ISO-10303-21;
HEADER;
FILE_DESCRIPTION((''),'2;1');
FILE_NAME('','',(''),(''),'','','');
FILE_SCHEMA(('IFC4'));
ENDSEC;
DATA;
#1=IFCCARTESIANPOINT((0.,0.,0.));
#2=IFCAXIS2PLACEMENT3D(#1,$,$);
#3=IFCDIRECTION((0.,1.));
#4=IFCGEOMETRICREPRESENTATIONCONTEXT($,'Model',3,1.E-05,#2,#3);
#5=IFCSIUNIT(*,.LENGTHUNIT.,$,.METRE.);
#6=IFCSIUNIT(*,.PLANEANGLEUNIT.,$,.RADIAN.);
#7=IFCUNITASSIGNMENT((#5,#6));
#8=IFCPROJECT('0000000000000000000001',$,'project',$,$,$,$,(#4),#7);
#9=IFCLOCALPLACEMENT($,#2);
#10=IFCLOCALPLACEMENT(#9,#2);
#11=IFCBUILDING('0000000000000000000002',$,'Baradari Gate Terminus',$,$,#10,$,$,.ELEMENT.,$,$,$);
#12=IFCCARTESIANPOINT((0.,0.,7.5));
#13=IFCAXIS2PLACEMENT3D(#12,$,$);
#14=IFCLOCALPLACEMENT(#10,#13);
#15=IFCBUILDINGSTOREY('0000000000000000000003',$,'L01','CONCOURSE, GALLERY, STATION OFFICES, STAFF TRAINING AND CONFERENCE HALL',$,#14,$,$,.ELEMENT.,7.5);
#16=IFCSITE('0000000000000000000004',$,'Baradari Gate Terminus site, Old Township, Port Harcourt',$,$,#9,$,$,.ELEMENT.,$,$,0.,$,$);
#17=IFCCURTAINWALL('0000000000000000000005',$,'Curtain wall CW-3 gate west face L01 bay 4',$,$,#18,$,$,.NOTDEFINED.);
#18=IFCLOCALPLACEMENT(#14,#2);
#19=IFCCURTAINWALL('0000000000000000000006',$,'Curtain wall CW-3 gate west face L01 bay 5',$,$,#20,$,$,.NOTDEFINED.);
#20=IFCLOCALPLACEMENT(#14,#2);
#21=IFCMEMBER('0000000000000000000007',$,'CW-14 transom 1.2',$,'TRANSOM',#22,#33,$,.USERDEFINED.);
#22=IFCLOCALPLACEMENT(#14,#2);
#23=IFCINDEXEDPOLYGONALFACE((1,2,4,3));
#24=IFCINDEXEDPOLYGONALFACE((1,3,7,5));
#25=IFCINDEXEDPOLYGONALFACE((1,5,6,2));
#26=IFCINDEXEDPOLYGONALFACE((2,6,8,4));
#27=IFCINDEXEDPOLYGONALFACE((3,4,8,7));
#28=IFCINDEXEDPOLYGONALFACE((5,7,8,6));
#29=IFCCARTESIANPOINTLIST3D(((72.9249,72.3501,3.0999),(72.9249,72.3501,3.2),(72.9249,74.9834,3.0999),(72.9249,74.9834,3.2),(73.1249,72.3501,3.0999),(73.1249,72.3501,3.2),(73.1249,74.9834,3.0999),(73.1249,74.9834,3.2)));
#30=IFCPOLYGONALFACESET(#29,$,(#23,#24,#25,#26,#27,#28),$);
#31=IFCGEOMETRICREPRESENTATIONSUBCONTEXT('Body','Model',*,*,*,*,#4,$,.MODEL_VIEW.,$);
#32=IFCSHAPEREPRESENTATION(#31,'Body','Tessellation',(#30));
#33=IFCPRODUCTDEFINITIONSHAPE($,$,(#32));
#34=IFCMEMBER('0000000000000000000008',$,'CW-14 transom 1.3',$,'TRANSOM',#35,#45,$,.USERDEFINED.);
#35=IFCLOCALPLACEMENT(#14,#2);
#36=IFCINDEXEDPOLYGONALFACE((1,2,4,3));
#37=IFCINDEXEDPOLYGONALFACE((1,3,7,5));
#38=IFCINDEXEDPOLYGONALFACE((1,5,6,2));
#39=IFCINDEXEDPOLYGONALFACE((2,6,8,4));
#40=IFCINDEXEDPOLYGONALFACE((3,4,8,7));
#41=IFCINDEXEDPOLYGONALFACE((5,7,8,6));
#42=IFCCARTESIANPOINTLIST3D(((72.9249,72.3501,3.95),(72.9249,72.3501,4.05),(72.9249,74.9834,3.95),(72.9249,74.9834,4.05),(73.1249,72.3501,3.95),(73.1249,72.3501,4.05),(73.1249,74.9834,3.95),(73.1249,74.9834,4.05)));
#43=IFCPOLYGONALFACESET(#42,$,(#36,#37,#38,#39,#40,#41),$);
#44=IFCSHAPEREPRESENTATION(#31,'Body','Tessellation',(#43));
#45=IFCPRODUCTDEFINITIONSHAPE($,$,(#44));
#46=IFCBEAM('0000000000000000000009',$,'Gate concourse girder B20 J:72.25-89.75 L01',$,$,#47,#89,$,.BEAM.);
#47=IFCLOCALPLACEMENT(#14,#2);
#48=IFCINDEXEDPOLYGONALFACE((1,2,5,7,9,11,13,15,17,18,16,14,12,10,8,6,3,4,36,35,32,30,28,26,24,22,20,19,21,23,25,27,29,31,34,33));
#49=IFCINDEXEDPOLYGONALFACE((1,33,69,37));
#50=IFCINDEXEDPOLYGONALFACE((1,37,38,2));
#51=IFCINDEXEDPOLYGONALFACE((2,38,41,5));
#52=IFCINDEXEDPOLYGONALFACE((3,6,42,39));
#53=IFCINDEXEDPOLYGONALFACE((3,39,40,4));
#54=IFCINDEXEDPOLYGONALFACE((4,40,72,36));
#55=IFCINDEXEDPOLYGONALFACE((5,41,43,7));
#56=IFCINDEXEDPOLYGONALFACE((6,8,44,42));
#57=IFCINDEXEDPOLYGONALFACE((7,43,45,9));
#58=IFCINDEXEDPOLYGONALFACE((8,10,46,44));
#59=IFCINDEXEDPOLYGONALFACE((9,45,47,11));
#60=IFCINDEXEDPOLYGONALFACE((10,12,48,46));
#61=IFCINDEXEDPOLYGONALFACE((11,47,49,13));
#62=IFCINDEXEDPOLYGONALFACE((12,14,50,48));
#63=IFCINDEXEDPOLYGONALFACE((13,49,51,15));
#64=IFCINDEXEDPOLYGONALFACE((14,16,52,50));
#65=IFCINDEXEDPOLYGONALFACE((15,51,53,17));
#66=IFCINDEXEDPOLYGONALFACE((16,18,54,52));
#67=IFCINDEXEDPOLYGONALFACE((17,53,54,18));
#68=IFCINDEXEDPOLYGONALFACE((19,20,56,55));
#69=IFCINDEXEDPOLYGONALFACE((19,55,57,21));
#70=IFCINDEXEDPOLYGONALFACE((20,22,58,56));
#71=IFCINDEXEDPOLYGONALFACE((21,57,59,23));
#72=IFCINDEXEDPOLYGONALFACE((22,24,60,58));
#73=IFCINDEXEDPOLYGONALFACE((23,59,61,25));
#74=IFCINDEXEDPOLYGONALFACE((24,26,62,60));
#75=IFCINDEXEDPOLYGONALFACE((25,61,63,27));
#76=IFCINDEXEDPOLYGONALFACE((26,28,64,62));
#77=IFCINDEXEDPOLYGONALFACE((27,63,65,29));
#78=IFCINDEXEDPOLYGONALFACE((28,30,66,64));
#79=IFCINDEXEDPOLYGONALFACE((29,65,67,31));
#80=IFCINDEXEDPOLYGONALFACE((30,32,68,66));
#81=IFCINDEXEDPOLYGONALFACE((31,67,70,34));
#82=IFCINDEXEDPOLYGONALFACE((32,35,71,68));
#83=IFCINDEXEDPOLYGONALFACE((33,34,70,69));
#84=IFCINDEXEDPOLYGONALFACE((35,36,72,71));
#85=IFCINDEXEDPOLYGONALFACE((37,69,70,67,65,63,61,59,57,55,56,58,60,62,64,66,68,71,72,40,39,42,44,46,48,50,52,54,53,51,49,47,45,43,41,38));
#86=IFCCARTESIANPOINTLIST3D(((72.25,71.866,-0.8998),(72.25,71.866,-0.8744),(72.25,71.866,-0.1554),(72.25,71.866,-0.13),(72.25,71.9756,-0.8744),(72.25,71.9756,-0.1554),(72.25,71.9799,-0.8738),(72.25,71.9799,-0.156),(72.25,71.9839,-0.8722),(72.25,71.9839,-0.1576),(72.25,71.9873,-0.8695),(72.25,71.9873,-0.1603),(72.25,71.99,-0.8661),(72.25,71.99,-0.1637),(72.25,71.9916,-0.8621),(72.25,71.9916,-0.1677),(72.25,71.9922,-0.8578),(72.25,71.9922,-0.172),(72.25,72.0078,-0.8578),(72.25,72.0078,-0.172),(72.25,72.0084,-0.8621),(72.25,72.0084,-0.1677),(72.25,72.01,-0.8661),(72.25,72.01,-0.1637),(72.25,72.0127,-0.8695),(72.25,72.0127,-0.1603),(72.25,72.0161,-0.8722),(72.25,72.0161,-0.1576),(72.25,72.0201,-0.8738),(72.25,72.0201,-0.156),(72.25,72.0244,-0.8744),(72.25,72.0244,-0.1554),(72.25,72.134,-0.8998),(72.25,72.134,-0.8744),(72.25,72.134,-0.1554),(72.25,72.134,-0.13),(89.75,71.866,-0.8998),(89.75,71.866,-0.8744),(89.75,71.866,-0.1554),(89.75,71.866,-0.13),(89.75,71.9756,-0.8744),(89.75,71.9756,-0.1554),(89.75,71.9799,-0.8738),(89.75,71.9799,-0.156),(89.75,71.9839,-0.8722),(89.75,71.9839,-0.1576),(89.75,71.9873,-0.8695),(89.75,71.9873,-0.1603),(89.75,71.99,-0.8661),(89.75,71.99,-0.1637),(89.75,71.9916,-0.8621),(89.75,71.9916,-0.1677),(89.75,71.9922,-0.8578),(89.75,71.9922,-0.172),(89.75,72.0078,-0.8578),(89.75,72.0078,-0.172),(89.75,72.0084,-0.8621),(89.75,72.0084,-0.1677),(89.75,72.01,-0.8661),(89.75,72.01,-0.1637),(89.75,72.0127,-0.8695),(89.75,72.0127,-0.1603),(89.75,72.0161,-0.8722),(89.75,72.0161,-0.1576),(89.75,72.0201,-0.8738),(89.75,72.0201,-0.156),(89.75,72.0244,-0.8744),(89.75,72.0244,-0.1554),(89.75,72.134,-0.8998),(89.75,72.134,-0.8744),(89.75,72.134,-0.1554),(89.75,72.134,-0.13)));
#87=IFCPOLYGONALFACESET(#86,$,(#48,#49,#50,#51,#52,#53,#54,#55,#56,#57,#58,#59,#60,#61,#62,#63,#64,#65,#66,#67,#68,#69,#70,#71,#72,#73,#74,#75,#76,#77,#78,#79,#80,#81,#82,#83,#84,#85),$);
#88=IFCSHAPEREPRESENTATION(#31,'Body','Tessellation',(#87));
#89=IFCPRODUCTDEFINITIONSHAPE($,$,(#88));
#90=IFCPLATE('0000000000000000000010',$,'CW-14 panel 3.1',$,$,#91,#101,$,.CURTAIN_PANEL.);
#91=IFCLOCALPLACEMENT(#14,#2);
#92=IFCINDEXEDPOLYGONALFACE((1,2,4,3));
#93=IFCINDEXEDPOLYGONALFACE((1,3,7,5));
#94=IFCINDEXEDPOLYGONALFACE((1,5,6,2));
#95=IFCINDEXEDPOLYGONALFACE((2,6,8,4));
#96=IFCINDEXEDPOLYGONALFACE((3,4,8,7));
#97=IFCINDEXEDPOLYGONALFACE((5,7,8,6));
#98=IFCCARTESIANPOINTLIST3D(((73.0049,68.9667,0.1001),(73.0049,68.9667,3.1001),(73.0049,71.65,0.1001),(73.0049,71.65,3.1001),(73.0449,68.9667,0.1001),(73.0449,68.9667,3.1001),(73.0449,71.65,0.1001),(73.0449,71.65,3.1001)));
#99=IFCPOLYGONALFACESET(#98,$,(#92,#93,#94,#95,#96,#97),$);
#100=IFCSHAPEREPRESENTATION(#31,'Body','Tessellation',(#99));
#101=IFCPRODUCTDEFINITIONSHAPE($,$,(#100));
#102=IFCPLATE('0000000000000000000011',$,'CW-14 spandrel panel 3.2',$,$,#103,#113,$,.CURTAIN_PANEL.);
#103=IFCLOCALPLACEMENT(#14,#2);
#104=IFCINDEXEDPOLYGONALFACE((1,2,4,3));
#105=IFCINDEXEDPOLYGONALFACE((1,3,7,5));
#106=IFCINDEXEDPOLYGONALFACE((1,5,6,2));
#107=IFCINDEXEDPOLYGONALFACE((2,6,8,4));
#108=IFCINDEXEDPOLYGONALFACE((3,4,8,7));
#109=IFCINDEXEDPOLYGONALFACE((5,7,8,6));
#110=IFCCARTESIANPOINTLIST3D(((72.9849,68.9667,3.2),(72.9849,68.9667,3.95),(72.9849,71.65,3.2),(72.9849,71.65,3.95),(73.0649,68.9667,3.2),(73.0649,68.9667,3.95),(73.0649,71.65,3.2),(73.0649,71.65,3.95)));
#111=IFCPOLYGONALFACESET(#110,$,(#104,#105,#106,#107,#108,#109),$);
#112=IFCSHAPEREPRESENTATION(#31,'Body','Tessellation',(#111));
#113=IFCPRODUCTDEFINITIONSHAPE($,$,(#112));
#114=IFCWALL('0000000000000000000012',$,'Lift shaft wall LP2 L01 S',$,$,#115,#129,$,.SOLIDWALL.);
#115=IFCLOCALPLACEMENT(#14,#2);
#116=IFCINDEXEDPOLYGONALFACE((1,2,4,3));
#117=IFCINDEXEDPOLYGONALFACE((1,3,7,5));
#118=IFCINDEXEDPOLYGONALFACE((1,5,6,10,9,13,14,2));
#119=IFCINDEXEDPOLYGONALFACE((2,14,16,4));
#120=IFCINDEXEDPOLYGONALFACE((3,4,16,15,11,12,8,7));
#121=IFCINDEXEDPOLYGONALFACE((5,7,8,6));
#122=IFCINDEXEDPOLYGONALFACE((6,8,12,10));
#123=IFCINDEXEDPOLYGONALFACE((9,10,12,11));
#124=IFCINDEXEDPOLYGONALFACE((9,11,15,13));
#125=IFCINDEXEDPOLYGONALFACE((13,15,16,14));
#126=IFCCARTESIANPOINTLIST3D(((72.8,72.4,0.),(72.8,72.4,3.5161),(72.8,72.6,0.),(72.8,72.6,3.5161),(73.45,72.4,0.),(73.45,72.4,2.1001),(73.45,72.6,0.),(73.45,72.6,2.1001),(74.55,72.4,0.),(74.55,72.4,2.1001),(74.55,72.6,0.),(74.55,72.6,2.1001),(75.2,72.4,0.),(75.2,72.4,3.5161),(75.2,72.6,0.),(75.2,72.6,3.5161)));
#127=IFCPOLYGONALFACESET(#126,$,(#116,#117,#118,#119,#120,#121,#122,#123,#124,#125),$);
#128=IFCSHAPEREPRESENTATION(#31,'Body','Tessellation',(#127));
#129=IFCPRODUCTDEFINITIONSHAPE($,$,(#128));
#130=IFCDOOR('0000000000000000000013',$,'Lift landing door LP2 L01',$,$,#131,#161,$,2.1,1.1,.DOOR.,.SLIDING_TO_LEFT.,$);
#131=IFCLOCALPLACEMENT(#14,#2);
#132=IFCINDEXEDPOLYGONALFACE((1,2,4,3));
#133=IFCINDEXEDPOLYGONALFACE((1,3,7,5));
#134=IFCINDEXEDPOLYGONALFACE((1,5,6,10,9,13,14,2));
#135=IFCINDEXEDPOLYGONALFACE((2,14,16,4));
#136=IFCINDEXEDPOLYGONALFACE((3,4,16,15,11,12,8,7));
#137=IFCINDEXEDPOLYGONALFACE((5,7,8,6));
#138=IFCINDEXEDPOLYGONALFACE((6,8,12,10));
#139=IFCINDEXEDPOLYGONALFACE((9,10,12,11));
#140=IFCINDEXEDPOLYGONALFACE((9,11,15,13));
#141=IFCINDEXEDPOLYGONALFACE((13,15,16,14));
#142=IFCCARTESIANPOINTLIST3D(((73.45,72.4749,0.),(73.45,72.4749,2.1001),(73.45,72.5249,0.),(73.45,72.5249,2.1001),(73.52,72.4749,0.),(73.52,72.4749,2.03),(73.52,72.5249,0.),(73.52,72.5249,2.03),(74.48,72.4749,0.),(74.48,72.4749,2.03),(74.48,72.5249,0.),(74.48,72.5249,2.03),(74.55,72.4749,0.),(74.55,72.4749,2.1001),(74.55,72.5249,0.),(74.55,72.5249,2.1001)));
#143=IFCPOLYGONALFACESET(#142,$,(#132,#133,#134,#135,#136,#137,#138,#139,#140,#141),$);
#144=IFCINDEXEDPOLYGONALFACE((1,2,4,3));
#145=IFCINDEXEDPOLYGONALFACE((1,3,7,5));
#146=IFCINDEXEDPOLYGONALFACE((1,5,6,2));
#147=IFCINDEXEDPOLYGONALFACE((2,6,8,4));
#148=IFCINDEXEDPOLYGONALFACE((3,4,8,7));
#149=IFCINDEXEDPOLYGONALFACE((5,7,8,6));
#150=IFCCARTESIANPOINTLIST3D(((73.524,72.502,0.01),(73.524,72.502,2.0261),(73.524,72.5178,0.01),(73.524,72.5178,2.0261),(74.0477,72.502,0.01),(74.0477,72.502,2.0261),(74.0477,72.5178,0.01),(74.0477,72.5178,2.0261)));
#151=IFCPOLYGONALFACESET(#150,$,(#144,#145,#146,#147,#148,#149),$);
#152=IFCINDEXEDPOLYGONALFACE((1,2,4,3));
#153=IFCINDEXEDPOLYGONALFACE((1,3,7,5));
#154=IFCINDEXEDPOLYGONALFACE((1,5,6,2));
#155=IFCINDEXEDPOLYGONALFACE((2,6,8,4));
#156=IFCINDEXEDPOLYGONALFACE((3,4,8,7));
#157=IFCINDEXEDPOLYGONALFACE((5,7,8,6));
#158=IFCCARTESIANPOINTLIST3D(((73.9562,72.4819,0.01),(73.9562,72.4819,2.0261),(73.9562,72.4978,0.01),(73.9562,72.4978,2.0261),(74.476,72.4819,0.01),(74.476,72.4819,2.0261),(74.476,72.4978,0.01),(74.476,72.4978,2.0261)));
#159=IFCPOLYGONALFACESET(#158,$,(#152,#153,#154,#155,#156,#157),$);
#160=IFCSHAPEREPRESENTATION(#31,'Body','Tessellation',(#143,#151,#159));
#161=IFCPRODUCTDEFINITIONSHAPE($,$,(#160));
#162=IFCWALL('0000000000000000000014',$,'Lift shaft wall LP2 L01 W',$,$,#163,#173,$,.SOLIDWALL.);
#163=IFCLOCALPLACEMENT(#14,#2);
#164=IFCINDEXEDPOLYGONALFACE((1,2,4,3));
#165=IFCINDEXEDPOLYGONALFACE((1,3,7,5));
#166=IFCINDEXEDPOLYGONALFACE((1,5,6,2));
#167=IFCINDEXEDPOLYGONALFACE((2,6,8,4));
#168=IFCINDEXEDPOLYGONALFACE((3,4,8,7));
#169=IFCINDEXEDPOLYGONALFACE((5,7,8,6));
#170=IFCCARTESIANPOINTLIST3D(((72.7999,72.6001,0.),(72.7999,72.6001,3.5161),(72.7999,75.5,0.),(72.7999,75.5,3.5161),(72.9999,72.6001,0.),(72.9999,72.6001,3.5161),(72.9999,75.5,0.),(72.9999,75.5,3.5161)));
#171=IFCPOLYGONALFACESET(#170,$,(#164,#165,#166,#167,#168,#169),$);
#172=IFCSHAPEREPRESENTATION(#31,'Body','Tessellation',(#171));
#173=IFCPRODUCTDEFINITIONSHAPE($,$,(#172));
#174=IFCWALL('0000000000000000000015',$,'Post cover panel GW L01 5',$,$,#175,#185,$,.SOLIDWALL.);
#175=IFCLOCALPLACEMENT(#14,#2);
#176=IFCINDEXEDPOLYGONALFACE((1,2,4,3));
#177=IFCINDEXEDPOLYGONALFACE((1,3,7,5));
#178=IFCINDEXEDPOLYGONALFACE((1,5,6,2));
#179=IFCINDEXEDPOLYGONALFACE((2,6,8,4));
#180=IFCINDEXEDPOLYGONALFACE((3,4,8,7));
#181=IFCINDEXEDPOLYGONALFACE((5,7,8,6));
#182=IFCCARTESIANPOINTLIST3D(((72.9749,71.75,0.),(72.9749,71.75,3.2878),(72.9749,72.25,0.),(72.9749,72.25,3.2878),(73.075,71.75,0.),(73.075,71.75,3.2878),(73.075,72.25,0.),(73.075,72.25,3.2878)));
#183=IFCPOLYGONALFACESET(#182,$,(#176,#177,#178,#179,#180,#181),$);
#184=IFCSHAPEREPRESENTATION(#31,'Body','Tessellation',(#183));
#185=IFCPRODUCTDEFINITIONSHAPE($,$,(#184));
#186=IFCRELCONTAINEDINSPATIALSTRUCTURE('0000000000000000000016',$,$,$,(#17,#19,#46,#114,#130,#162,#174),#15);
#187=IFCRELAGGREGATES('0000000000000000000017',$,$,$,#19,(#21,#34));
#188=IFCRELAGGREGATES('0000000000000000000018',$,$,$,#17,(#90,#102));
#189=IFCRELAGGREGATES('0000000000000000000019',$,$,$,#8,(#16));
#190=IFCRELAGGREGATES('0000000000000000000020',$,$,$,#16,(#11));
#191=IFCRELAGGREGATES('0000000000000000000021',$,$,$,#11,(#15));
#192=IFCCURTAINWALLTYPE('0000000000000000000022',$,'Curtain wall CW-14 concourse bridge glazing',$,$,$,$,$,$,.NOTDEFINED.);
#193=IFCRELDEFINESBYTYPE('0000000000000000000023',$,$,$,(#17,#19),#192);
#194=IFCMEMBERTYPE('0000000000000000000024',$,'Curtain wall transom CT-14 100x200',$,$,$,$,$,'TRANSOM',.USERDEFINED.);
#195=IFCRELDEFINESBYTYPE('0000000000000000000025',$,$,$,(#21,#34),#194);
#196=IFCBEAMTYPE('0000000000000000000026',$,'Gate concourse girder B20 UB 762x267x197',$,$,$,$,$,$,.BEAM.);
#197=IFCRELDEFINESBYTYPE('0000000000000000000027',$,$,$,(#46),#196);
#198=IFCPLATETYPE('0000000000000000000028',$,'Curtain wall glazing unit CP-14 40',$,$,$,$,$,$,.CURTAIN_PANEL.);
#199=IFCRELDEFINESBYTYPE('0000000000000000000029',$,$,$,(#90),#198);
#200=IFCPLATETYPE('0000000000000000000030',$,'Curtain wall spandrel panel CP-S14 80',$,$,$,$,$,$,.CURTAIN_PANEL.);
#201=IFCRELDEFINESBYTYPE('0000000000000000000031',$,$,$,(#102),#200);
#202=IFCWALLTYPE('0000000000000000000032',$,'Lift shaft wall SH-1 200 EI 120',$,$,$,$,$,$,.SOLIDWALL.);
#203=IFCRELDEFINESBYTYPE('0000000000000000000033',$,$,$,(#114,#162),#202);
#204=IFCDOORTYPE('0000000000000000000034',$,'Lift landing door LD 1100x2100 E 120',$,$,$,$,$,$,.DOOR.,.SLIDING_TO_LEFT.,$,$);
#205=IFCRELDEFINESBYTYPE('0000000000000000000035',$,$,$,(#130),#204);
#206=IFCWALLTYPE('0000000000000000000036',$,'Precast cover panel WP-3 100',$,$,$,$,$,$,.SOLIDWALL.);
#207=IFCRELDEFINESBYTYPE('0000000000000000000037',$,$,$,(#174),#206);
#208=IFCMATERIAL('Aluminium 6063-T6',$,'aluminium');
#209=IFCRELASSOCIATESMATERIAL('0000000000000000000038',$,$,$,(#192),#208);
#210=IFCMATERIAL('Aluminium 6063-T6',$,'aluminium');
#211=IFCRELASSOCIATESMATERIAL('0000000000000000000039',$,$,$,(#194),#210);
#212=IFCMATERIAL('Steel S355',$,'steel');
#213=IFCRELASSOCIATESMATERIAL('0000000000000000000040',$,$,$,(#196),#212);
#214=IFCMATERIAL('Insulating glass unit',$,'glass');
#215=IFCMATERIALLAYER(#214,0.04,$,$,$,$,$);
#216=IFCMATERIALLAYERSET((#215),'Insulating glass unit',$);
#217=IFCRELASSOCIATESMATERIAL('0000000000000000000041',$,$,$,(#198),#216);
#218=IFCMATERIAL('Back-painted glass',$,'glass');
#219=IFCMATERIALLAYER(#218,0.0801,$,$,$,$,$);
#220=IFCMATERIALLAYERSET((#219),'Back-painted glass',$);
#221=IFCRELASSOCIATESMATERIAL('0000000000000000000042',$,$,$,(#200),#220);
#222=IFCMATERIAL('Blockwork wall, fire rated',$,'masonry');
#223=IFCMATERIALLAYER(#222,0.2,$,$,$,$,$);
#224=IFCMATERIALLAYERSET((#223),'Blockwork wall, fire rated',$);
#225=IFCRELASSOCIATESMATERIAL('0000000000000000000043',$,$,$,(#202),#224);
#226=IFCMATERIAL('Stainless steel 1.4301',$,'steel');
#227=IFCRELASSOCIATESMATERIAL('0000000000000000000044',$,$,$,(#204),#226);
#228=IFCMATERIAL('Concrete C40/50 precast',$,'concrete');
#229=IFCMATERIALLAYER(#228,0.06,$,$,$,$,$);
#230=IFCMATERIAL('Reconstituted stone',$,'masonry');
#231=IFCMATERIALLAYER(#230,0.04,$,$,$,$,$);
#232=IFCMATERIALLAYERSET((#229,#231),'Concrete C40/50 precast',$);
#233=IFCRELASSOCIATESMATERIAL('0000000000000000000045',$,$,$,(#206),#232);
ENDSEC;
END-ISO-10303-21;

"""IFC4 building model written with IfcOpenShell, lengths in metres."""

from ifc_helpers import new_model, si_unit, direction, frame, frame_2d, origin, origin_2d, place, context, subcontext, project, spatial, polyline, rectangle, i_section, outline, extrude, material, layer, layer_set, material_profile, profile_set, type_object, element, fill, aggregate, save


model = new_model("IFC4")

# Units and contexts
model_context = context("Model", 3, precision=1e-05, world=origin(), true_north=direction((0.0, 1.0)))
body_context = subcontext(model_context, "Body", "Model", "MODEL_VIEW")
ifc_project = project(units=[si_unit("LENGTHUNIT", "METRE"), si_unit("PLANEANGLEUNIT", "RADIAN")], contexts=[model_context])

# Site, building, storey
site_placement = place(None, origin())
site = spatial("IfcSite", under=ifc_project, at=site_placement, Name="Baradari Gate Terminus site, Old Township, Port Harcourt", CompositionType="ELEMENT", RefElevation=0.0)
building_placement = place(site_placement, origin())
building = spatial("IfcBuilding", under=site, at=building_placement, Name="Baradari Gate Terminus", CompositionType="ELEMENT")
storey_placement = place(building_placement, frame((0.0, 0.0, 7.5)))
storey = spatial("IfcBuildingStorey", under=building, at=storey_placement, Name="L01", Description="CONCOURSE, GALLERY, STATION OFFICES, STAFF TRAINING AND CONFERENCE HALL", CompositionType="ELEMENT", Elevation=7.5)

# Curtain wall
ifc_material_1 = material(Name="Aluminium 6063-T6", Category="aluminium")
curtain_wall_type = type_object("IfcCurtainWallType", Name="Curtain wall CW-14 concourse bridge glazing", PredefinedType="NOTDEFINED", material=ifc_material_1)
curtain_wall_1_placement = place(storey_placement, origin())
curtain_wall_1 = element("IfcCurtainWall", 1, at=curtain_wall_1_placement, inside=storey, type_object=curtain_wall_type, Name="Curtain wall CW-3 gate west face L01 bay 4", PredefinedType="NOTDEFINED")

# Curtain wall
curtain_wall_2_placement = place(storey_placement, origin())
curtain_wall_2 = element("IfcCurtainWall", 2, at=curtain_wall_2_placement, inside=storey, type_object=curtain_wall_type, Name="Curtain wall CW-3 gate west face L01 bay 5", PredefinedType="NOTDEFINED")

# Members
ifc_material_2 = material(Name="Aluminium 6063-T6", Category="aluminium")
ifc_material_profile_1 = material_profile(ifc_material_2, rectangle(XDim=0.2, YDim=0.1001, at=origin_2d()), Name="CT-14 100X200")
ifc_profile_set_1 = profile_set([ifc_material_profile_1], Name="Aluminium 6063-T6")
member_type_1 = type_object("IfcMemberType", Name="Curtain wall transom CT-14 100x200", ElementType="TRANSOM", PredefinedType="USERDEFINED", material=ifc_profile_set_1)
member_1_placement = place(storey_placement, frame((73.0249, 72.3501, 3.1499), z_axis=(0.0, 1.0, 0.0), x_axis=(-1.0, 0.0, 0.0)))
member_1 = element("IfcMember", 3, at=member_1_placement, type_object=member_type_1, Name="CW-14 transom 1.2", ObjectType="TRANSOM", PredefinedType="USERDEFINED", context=body_context, shape_type="SweptSolid", body=[
    extrude(rectangle(XDim=0.2, YDim=0.1001, at=origin_2d()), origin(), (0.0, 0.0, 1.0), 2.6333),
])
member_2_placement = place(storey_placement, frame((73.0249, 72.3501, 4.0), z_axis=(0.0, 1.0, 0.0), x_axis=(-1.0, 0.0, 0.0)))
member_2 = element("IfcMember", 4, at=member_2_placement, type_object=member_type_1, Name="CW-14 transom 1.3", ObjectType="TRANSOM", PredefinedType="USERDEFINED", context=body_context, shape_type="SweptSolid", body=[
    extrude(rectangle(XDim=0.2, YDim=0.1001, at=origin_2d()), origin(), (0.0, 0.0, 1.0), 2.6333),
])
aggregate(curtain_wall_2, [member_1, member_2])

# Beam
ifc_material_3 = material(Name="Steel S355", Category="steel")
ifc_material_profile_2 = material_profile(ifc_material_3, i_section(OverallWidth=0.2681, OverallDepth=0.7698, WebThickness=0.0156, FlangeThickness=0.0254, FilletRadius=0.0166, at=origin_2d()), Name="UB 762x267x197")
ifc_profile_set_2 = profile_set([ifc_material_profile_2], Name="Steel S355")
beam_type_1 = type_object("IfcBeamType", Name="Gate concourse girder B20 UB 762x267x197", PredefinedType="BEAM", material=ifc_profile_set_2)
beam_1_placement = place(storey_placement, frame((72.25, 72.0, -0.5149), z_axis=(1.0, 0.0, 0.0), x_axis=(0.0, 1.0, 0.0)))
element("IfcBeam", 5, at=beam_1_placement, inside=storey, type_object=beam_type_1, Name="Gate concourse girder B20 J:72.25-89.75 L01", PredefinedType="BEAM", context=body_context, shape_type="SweptSolid", body=[
    extrude(i_section(OverallWidth=0.2681, OverallDepth=0.7698, WebThickness=0.0156, FlangeThickness=0.0254, FilletRadius=0.0166, at=origin_2d()), origin(), (0.0, 0.0, 1.0), 17.5),
])

# Plates
ifc_material_4 = material(Name="Insulating glass unit", Category="glass")
ifc_layer_1 = layer(ifc_material_4, 0.04)
ifc_layer_set_1 = layer_set([ifc_layer_1], Name="Insulating glass unit")
plate_type_1 = type_object("IfcPlateType", Name="Curtain wall glazing unit CP-14 40", PredefinedType="CURTAIN_PANEL", material=ifc_layer_set_1)
plate_1_placement = place(storey_placement, frame((73.0249, 70.3083, 0.1001), z_axis=(0.0, 0.0, 1.0), x_axis=(0.0, 1.0, 0.0)))
plate_1 = element("IfcPlate", 6, at=plate_1_placement, type_object=plate_type_1, Name="CW-14 panel 3.1", PredefinedType="CURTAIN_PANEL", context=body_context, shape_type="SweptSolid", body=[
    extrude(rectangle(XDim=2.6833, YDim=0.04, at=origin_2d()), origin(), (0.0, 0.0, 1.0), 3.0),
])
ifc_material_5 = material(Name="Back-painted glass", Category="glass")
ifc_layer_2 = layer(ifc_material_5, 0.0801)
ifc_layer_set_2 = layer_set([ifc_layer_2], Name="Back-painted glass")
plate_type_2 = type_object("IfcPlateType", Name="Curtain wall spandrel panel CP-S14 80", PredefinedType="CURTAIN_PANEL", material=ifc_layer_set_2)
plate_2_placement = place(storey_placement, frame((73.0249, 70.3083, 3.2), z_axis=(0.0, 0.0, 1.0), x_axis=(0.0, 1.0, 0.0)))
plate_2 = element("IfcPlate", 7, at=plate_2_placement, type_object=plate_type_2, Name="CW-14 spandrel panel 3.2", PredefinedType="CURTAIN_PANEL", context=body_context, shape_type="SweptSolid", body=[
    extrude(rectangle(XDim=2.6833, YDim=0.0801, at=origin_2d()), origin(), (0.0, 0.0, 1.0), 0.75),
])
aggregate(curtain_wall_1, [plate_1, plate_2])

# Wall, opening, door
ifc_material_6 = material(Name="Blockwork wall, fire rated", Category="masonry")
ifc_layer_3 = layer(ifc_material_6, 0.2)
ifc_layer_set_3 = layer_set([ifc_layer_3], Name="Blockwork wall, fire rated")
wall_type_1 = type_object("IfcWallType", Name="Lift shaft wall SH-1 200 EI 120", PredefinedType="SOLIDWALL", material=ifc_layer_set_3)
wall_1_placement = place(storey_placement, frame((72.8, 72.5, 0.0), z_axis=(0.0, 0.0, 1.0), x_axis=(1.0, 0.0, 0.0)))
wall_1 = element("IfcWall", 8, at=wall_1_placement, inside=storey, type_object=wall_type_1, Name="Lift shaft wall LP2 L01 S", PredefinedType="SOLIDWALL", context=body_context, shape_type="SweptSolid", body=[
    extrude(rectangle(XDim=2.3999, YDim=0.2, at=frame_2d((1.2, 0.0))), origin(), (0.0, 0.0, 1.0), 3.5161),
])
opening_placement = place(wall_1_placement, frame((0.6499, 0.0, 0.0)))
opening = element("IfcOpeningElement", 9, at=opening_placement, cuts=wall_1, PredefinedType="OPENING", context=body_context, shape_type="SweptSolid", body=[
    extrude(rectangle(XDim=1.1001, YDim=2.1001, at=frame_2d((0.55, 1.05))), frame((0.0, 0.1099, 0.0), z_axis=(0.0, -1.0, 0.0), x_axis=(1.0, 0.0, 0.0)), (0.0, 0.0, 1.0), 0.22),
])
ifc_material_7 = material(Name="Stainless steel 1.4301", Category="steel")
door_type = type_object("IfcDoorType", Name="Lift landing door LD 1100x2100 E 120", OperationType="SLIDING_TO_LEFT", PredefinedType="DOOR", material=ifc_material_7)
door_placement = place(opening_placement, origin())
door = element("IfcDoor", 10, at=door_placement, inside=storey, type_object=door_type, Name="Lift landing door LP2 L01", OperationType="SLIDING_TO_LEFT", OverallHeight=2.1, OverallWidth=1.1, PredefinedType="DOOR", context=body_context, shape_type="SweptSolid", body=[
    extrude(outline(polyline([(0.0, 0.0), (0.0701, 0.0), (0.0701, 2.03), (1.03, 2.03), (1.03, 0.0), (1.1001, 0.0), (1.1001, 2.1001), (0.0, 2.1001), (0.0, 0.0)])), frame((0.0, 0.0249, 0.0), z_axis=(0.0, -1.0, 0.0), x_axis=(1.0, 0.0, 0.0)), (0.0, 0.0, 1.0), 0.05),
    extrude(rectangle(XDim=0.5237, YDim=2.0161, at=frame_2d((0.3359, 1.0181))), frame((0.0, 0.0178, 0.0), z_axis=(0.0, -1.0, 0.0), x_axis=(1.0, 0.0, 0.0)), (0.0, 0.0, 1.0), 0.0159),
    extrude(rectangle(XDim=0.5198, YDim=2.0161, at=frame_2d((0.7661, 1.0181))), frame((0.0, -0.0022, 0.0), z_axis=(0.0, -1.0, 0.0), x_axis=(1.0, 0.0, 0.0)), (0.0, 0.0, 1.0), 0.0159),
])
fill(opening, door)

# Walls
wall_2_placement = place(storey_placement, frame((72.8999, 72.6001, 0.0), z_axis=(0.0, 0.0, 1.0), x_axis=(0.0, 1.0, 0.0)))
element("IfcWall", 11, at=wall_2_placement, inside=storey, type_object=wall_type_1, Name="Lift shaft wall LP2 L01 W", PredefinedType="SOLIDWALL", context=body_context, shape_type="SweptSolid", body=[
    extrude(rectangle(XDim=2.8999, YDim=0.2, at=frame_2d((1.45, 0.0))), origin(), (0.0, 0.0, 1.0), 3.5161),
])
ifc_material_8 = material(Name="Concrete C40/50 precast", Category="concrete")
ifc_layer_4 = layer(ifc_material_8, 0.06)
ifc_material_9 = material(Name="Reconstituted stone", Category="masonry")
ifc_layer_5 = layer(ifc_material_9, 0.04)
ifc_layer_set_4 = layer_set([ifc_layer_4, ifc_layer_5], Name="Concrete C40/50 precast")
wall_type_2 = type_object("IfcWallType", Name="Precast cover panel WP-3 100", PredefinedType="SOLIDWALL", material=ifc_layer_set_4)
wall_3_placement = place(storey_placement, frame((73.0249, 71.75, 0.0), z_axis=(0.0, 0.0, 1.0), x_axis=(0.0, 1.0, 0.0)))
element("IfcWall", 12, at=wall_3_placement, inside=storey, type_object=wall_type_2, Name="Post cover panel GW L01 5", PredefinedType="SOLIDWALL", context=body_context, shape_type="SweptSolid", body=[
    extrude(rectangle(XDim=0.5, YDim=0.1001, at=frame_2d((0.25, 0.0))), origin(), (0.0, 0.0, 1.0), 3.2878),
])

save(model, "model.ifc")
